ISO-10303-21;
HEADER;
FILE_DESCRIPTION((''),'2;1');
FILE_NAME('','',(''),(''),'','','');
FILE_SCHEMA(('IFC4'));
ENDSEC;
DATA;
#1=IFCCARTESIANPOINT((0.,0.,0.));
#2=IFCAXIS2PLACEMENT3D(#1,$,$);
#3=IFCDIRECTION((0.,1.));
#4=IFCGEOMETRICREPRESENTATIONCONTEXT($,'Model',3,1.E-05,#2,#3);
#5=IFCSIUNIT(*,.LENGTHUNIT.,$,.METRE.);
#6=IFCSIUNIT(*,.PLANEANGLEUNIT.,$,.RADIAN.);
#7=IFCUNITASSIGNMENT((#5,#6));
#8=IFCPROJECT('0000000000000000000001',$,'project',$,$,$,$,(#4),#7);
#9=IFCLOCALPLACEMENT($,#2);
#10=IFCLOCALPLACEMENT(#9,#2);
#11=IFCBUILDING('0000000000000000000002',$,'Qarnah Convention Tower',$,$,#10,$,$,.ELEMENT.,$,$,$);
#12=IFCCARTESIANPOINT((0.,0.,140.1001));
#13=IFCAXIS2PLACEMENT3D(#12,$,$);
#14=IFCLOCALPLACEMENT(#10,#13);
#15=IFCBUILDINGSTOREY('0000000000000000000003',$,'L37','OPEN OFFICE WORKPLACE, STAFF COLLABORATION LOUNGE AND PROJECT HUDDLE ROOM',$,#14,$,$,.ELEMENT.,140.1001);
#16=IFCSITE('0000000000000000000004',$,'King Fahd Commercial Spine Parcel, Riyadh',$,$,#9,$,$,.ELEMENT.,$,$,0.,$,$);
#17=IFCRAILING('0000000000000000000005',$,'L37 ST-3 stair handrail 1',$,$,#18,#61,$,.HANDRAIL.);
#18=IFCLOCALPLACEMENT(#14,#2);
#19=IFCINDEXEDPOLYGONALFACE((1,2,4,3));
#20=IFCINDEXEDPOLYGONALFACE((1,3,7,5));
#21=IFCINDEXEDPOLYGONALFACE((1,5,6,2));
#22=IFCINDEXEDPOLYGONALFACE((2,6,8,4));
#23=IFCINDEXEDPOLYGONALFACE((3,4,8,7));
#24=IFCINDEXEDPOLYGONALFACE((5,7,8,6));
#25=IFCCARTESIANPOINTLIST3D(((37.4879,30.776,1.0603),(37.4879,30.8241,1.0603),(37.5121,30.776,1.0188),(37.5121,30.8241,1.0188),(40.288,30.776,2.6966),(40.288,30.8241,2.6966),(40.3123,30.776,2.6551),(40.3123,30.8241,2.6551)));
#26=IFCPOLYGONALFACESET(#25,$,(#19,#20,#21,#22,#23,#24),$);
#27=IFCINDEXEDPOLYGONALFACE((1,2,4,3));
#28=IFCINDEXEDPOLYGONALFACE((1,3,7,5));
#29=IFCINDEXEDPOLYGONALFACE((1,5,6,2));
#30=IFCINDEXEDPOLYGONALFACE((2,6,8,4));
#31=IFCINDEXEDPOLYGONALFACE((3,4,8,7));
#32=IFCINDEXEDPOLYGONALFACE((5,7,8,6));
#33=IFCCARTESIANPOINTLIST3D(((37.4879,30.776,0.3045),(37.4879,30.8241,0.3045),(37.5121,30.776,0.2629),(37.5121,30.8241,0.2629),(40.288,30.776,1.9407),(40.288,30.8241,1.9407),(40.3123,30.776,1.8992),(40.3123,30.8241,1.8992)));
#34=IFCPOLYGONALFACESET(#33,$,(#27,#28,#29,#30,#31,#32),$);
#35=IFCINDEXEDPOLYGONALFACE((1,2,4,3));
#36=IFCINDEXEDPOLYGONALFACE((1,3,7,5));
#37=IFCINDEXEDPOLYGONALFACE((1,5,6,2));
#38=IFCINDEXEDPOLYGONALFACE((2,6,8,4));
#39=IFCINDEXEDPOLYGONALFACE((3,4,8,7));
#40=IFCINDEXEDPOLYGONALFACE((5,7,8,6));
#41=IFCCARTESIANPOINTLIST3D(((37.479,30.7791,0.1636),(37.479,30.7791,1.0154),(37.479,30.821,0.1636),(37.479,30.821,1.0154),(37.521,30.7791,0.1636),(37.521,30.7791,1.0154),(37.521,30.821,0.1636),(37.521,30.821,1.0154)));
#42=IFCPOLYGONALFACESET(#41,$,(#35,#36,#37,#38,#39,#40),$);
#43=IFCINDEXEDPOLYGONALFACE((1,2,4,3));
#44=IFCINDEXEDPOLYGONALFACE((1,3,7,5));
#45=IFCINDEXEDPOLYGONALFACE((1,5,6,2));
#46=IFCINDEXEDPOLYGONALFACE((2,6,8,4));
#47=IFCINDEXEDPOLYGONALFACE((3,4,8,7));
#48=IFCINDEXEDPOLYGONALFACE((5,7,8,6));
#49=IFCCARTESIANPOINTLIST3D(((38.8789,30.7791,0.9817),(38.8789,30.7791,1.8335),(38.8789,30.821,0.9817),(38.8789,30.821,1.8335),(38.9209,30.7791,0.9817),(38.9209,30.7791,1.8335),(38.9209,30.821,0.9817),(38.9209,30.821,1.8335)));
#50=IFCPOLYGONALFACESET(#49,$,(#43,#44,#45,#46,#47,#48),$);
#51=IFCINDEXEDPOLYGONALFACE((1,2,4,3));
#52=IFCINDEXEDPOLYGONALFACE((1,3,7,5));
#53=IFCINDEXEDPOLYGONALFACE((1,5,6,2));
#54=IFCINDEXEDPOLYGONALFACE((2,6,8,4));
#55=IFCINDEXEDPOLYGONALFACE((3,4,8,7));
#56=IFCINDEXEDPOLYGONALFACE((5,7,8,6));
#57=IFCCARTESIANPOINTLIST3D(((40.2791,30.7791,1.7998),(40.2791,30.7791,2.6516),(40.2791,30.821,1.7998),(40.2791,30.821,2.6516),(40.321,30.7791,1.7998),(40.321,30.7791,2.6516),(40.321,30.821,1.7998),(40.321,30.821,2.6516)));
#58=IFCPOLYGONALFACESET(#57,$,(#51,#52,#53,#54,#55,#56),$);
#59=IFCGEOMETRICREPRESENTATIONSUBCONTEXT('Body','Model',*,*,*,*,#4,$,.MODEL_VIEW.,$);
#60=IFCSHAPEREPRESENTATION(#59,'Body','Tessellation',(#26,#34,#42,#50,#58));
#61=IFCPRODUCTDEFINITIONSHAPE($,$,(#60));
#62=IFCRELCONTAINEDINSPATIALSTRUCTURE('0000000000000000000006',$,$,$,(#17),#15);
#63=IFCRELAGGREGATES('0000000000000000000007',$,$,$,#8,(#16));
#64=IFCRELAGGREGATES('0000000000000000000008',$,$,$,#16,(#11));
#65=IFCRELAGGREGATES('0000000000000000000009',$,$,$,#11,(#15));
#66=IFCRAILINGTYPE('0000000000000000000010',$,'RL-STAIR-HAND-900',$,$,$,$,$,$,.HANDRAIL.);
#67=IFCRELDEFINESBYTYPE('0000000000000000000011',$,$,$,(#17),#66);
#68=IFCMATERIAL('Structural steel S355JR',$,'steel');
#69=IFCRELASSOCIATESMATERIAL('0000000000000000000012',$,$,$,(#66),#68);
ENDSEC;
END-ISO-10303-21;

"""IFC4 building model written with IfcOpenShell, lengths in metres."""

from ifc_helpers import new_model, si_unit, direction, frame, origin, origin_2d, place, context, subcontext, project, spatial, rectangle, extrude, material, type_object, element, save


model = new_model("IFC4")

# Units and contexts
model_context = context("Model", 3, precision=1e-05, world=origin(), true_north=direction((0.0, 1.0)))
body_context = subcontext(model_context, "Body", "Model", "MODEL_VIEW")
ifc_project = project(units=[si_unit("LENGTHUNIT", "METRE"), si_unit("PLANEANGLEUNIT", "RADIAN")], contexts=[model_context])

# Site, building, storey
site_placement = place(None, origin())
site = spatial("IfcSite", under=ifc_project, at=site_placement, Name="King Fahd Commercial Spine Parcel, Riyadh", CompositionType="ELEMENT", RefElevation=0.0)
building_placement = place(site_placement, origin())
building = spatial("IfcBuilding", under=site, at=building_placement, Name="Qarnah Convention Tower", CompositionType="ELEMENT")
storey_placement = place(building_placement, frame((0.0, 0.0, 140.1001)))
storey = spatial("IfcBuildingStorey", under=building, at=storey_placement, Name="L37", Description="OPEN OFFICE WORKPLACE, STAFF COLLABORATION LOUNGE AND PROJECT HUDDLE ROOM", CompositionType="ELEMENT", Elevation=140.1001)

# Shared definitions
ifc_material_1 = material(Name="Structural steel S355JR", Category="steel")

# Railing
railing_type_1 = type_object("IfcRailingType", Name="RL-STAIR-HAND-900", PredefinedType="HANDRAIL", material=ifc_material_1)
railing_1_placement = place(storey_placement, frame((37.5, 30.8, 0.1636)))
element("IfcRailing", 1, at=railing_1_placement, inside=storey, type_object=railing_type_1, Name="L37 ST-3 stair handrail 1", PredefinedType="HANDRAIL", context=body_context, shape_type="SweptSolid", body=[
    extrude(rectangle(XDim=0.0481, YDim=0.0481, at=origin_2d()), frame((0.0, 0.0, 0.876), z_axis=(0.863394, 0.0, 0.504531), x_axis=(0.0, 1.0, 0.0)), (0.0, 0.0, 1.0), 3.2432),
    extrude(rectangle(XDim=0.0481, YDim=0.0481, at=origin_2d()), frame((0.0, 0.0, 0.1201), z_axis=(0.863394, 0.0, 0.504531), x_axis=(0.0, 1.0, 0.0)), (0.0, 0.0, 1.0), 3.2432),
    extrude(rectangle(XDim=0.042, YDim=0.042, at=origin_2d()), origin(), (0.0, 0.0, 1.0), 0.8518),
    extrude(rectangle(XDim=0.042, YDim=0.042, at=origin_2d()), frame((1.3999, 0.0, 0.8181)), (0.0, 0.0, 1.0), 0.8518),
    extrude(rectangle(XDim=0.042, YDim=0.042, at=origin_2d()), frame((2.8, 0.0, 1.6362)), (0.0, 0.0, 1.0), 0.8518),
])

save(model, "model.ifc")
